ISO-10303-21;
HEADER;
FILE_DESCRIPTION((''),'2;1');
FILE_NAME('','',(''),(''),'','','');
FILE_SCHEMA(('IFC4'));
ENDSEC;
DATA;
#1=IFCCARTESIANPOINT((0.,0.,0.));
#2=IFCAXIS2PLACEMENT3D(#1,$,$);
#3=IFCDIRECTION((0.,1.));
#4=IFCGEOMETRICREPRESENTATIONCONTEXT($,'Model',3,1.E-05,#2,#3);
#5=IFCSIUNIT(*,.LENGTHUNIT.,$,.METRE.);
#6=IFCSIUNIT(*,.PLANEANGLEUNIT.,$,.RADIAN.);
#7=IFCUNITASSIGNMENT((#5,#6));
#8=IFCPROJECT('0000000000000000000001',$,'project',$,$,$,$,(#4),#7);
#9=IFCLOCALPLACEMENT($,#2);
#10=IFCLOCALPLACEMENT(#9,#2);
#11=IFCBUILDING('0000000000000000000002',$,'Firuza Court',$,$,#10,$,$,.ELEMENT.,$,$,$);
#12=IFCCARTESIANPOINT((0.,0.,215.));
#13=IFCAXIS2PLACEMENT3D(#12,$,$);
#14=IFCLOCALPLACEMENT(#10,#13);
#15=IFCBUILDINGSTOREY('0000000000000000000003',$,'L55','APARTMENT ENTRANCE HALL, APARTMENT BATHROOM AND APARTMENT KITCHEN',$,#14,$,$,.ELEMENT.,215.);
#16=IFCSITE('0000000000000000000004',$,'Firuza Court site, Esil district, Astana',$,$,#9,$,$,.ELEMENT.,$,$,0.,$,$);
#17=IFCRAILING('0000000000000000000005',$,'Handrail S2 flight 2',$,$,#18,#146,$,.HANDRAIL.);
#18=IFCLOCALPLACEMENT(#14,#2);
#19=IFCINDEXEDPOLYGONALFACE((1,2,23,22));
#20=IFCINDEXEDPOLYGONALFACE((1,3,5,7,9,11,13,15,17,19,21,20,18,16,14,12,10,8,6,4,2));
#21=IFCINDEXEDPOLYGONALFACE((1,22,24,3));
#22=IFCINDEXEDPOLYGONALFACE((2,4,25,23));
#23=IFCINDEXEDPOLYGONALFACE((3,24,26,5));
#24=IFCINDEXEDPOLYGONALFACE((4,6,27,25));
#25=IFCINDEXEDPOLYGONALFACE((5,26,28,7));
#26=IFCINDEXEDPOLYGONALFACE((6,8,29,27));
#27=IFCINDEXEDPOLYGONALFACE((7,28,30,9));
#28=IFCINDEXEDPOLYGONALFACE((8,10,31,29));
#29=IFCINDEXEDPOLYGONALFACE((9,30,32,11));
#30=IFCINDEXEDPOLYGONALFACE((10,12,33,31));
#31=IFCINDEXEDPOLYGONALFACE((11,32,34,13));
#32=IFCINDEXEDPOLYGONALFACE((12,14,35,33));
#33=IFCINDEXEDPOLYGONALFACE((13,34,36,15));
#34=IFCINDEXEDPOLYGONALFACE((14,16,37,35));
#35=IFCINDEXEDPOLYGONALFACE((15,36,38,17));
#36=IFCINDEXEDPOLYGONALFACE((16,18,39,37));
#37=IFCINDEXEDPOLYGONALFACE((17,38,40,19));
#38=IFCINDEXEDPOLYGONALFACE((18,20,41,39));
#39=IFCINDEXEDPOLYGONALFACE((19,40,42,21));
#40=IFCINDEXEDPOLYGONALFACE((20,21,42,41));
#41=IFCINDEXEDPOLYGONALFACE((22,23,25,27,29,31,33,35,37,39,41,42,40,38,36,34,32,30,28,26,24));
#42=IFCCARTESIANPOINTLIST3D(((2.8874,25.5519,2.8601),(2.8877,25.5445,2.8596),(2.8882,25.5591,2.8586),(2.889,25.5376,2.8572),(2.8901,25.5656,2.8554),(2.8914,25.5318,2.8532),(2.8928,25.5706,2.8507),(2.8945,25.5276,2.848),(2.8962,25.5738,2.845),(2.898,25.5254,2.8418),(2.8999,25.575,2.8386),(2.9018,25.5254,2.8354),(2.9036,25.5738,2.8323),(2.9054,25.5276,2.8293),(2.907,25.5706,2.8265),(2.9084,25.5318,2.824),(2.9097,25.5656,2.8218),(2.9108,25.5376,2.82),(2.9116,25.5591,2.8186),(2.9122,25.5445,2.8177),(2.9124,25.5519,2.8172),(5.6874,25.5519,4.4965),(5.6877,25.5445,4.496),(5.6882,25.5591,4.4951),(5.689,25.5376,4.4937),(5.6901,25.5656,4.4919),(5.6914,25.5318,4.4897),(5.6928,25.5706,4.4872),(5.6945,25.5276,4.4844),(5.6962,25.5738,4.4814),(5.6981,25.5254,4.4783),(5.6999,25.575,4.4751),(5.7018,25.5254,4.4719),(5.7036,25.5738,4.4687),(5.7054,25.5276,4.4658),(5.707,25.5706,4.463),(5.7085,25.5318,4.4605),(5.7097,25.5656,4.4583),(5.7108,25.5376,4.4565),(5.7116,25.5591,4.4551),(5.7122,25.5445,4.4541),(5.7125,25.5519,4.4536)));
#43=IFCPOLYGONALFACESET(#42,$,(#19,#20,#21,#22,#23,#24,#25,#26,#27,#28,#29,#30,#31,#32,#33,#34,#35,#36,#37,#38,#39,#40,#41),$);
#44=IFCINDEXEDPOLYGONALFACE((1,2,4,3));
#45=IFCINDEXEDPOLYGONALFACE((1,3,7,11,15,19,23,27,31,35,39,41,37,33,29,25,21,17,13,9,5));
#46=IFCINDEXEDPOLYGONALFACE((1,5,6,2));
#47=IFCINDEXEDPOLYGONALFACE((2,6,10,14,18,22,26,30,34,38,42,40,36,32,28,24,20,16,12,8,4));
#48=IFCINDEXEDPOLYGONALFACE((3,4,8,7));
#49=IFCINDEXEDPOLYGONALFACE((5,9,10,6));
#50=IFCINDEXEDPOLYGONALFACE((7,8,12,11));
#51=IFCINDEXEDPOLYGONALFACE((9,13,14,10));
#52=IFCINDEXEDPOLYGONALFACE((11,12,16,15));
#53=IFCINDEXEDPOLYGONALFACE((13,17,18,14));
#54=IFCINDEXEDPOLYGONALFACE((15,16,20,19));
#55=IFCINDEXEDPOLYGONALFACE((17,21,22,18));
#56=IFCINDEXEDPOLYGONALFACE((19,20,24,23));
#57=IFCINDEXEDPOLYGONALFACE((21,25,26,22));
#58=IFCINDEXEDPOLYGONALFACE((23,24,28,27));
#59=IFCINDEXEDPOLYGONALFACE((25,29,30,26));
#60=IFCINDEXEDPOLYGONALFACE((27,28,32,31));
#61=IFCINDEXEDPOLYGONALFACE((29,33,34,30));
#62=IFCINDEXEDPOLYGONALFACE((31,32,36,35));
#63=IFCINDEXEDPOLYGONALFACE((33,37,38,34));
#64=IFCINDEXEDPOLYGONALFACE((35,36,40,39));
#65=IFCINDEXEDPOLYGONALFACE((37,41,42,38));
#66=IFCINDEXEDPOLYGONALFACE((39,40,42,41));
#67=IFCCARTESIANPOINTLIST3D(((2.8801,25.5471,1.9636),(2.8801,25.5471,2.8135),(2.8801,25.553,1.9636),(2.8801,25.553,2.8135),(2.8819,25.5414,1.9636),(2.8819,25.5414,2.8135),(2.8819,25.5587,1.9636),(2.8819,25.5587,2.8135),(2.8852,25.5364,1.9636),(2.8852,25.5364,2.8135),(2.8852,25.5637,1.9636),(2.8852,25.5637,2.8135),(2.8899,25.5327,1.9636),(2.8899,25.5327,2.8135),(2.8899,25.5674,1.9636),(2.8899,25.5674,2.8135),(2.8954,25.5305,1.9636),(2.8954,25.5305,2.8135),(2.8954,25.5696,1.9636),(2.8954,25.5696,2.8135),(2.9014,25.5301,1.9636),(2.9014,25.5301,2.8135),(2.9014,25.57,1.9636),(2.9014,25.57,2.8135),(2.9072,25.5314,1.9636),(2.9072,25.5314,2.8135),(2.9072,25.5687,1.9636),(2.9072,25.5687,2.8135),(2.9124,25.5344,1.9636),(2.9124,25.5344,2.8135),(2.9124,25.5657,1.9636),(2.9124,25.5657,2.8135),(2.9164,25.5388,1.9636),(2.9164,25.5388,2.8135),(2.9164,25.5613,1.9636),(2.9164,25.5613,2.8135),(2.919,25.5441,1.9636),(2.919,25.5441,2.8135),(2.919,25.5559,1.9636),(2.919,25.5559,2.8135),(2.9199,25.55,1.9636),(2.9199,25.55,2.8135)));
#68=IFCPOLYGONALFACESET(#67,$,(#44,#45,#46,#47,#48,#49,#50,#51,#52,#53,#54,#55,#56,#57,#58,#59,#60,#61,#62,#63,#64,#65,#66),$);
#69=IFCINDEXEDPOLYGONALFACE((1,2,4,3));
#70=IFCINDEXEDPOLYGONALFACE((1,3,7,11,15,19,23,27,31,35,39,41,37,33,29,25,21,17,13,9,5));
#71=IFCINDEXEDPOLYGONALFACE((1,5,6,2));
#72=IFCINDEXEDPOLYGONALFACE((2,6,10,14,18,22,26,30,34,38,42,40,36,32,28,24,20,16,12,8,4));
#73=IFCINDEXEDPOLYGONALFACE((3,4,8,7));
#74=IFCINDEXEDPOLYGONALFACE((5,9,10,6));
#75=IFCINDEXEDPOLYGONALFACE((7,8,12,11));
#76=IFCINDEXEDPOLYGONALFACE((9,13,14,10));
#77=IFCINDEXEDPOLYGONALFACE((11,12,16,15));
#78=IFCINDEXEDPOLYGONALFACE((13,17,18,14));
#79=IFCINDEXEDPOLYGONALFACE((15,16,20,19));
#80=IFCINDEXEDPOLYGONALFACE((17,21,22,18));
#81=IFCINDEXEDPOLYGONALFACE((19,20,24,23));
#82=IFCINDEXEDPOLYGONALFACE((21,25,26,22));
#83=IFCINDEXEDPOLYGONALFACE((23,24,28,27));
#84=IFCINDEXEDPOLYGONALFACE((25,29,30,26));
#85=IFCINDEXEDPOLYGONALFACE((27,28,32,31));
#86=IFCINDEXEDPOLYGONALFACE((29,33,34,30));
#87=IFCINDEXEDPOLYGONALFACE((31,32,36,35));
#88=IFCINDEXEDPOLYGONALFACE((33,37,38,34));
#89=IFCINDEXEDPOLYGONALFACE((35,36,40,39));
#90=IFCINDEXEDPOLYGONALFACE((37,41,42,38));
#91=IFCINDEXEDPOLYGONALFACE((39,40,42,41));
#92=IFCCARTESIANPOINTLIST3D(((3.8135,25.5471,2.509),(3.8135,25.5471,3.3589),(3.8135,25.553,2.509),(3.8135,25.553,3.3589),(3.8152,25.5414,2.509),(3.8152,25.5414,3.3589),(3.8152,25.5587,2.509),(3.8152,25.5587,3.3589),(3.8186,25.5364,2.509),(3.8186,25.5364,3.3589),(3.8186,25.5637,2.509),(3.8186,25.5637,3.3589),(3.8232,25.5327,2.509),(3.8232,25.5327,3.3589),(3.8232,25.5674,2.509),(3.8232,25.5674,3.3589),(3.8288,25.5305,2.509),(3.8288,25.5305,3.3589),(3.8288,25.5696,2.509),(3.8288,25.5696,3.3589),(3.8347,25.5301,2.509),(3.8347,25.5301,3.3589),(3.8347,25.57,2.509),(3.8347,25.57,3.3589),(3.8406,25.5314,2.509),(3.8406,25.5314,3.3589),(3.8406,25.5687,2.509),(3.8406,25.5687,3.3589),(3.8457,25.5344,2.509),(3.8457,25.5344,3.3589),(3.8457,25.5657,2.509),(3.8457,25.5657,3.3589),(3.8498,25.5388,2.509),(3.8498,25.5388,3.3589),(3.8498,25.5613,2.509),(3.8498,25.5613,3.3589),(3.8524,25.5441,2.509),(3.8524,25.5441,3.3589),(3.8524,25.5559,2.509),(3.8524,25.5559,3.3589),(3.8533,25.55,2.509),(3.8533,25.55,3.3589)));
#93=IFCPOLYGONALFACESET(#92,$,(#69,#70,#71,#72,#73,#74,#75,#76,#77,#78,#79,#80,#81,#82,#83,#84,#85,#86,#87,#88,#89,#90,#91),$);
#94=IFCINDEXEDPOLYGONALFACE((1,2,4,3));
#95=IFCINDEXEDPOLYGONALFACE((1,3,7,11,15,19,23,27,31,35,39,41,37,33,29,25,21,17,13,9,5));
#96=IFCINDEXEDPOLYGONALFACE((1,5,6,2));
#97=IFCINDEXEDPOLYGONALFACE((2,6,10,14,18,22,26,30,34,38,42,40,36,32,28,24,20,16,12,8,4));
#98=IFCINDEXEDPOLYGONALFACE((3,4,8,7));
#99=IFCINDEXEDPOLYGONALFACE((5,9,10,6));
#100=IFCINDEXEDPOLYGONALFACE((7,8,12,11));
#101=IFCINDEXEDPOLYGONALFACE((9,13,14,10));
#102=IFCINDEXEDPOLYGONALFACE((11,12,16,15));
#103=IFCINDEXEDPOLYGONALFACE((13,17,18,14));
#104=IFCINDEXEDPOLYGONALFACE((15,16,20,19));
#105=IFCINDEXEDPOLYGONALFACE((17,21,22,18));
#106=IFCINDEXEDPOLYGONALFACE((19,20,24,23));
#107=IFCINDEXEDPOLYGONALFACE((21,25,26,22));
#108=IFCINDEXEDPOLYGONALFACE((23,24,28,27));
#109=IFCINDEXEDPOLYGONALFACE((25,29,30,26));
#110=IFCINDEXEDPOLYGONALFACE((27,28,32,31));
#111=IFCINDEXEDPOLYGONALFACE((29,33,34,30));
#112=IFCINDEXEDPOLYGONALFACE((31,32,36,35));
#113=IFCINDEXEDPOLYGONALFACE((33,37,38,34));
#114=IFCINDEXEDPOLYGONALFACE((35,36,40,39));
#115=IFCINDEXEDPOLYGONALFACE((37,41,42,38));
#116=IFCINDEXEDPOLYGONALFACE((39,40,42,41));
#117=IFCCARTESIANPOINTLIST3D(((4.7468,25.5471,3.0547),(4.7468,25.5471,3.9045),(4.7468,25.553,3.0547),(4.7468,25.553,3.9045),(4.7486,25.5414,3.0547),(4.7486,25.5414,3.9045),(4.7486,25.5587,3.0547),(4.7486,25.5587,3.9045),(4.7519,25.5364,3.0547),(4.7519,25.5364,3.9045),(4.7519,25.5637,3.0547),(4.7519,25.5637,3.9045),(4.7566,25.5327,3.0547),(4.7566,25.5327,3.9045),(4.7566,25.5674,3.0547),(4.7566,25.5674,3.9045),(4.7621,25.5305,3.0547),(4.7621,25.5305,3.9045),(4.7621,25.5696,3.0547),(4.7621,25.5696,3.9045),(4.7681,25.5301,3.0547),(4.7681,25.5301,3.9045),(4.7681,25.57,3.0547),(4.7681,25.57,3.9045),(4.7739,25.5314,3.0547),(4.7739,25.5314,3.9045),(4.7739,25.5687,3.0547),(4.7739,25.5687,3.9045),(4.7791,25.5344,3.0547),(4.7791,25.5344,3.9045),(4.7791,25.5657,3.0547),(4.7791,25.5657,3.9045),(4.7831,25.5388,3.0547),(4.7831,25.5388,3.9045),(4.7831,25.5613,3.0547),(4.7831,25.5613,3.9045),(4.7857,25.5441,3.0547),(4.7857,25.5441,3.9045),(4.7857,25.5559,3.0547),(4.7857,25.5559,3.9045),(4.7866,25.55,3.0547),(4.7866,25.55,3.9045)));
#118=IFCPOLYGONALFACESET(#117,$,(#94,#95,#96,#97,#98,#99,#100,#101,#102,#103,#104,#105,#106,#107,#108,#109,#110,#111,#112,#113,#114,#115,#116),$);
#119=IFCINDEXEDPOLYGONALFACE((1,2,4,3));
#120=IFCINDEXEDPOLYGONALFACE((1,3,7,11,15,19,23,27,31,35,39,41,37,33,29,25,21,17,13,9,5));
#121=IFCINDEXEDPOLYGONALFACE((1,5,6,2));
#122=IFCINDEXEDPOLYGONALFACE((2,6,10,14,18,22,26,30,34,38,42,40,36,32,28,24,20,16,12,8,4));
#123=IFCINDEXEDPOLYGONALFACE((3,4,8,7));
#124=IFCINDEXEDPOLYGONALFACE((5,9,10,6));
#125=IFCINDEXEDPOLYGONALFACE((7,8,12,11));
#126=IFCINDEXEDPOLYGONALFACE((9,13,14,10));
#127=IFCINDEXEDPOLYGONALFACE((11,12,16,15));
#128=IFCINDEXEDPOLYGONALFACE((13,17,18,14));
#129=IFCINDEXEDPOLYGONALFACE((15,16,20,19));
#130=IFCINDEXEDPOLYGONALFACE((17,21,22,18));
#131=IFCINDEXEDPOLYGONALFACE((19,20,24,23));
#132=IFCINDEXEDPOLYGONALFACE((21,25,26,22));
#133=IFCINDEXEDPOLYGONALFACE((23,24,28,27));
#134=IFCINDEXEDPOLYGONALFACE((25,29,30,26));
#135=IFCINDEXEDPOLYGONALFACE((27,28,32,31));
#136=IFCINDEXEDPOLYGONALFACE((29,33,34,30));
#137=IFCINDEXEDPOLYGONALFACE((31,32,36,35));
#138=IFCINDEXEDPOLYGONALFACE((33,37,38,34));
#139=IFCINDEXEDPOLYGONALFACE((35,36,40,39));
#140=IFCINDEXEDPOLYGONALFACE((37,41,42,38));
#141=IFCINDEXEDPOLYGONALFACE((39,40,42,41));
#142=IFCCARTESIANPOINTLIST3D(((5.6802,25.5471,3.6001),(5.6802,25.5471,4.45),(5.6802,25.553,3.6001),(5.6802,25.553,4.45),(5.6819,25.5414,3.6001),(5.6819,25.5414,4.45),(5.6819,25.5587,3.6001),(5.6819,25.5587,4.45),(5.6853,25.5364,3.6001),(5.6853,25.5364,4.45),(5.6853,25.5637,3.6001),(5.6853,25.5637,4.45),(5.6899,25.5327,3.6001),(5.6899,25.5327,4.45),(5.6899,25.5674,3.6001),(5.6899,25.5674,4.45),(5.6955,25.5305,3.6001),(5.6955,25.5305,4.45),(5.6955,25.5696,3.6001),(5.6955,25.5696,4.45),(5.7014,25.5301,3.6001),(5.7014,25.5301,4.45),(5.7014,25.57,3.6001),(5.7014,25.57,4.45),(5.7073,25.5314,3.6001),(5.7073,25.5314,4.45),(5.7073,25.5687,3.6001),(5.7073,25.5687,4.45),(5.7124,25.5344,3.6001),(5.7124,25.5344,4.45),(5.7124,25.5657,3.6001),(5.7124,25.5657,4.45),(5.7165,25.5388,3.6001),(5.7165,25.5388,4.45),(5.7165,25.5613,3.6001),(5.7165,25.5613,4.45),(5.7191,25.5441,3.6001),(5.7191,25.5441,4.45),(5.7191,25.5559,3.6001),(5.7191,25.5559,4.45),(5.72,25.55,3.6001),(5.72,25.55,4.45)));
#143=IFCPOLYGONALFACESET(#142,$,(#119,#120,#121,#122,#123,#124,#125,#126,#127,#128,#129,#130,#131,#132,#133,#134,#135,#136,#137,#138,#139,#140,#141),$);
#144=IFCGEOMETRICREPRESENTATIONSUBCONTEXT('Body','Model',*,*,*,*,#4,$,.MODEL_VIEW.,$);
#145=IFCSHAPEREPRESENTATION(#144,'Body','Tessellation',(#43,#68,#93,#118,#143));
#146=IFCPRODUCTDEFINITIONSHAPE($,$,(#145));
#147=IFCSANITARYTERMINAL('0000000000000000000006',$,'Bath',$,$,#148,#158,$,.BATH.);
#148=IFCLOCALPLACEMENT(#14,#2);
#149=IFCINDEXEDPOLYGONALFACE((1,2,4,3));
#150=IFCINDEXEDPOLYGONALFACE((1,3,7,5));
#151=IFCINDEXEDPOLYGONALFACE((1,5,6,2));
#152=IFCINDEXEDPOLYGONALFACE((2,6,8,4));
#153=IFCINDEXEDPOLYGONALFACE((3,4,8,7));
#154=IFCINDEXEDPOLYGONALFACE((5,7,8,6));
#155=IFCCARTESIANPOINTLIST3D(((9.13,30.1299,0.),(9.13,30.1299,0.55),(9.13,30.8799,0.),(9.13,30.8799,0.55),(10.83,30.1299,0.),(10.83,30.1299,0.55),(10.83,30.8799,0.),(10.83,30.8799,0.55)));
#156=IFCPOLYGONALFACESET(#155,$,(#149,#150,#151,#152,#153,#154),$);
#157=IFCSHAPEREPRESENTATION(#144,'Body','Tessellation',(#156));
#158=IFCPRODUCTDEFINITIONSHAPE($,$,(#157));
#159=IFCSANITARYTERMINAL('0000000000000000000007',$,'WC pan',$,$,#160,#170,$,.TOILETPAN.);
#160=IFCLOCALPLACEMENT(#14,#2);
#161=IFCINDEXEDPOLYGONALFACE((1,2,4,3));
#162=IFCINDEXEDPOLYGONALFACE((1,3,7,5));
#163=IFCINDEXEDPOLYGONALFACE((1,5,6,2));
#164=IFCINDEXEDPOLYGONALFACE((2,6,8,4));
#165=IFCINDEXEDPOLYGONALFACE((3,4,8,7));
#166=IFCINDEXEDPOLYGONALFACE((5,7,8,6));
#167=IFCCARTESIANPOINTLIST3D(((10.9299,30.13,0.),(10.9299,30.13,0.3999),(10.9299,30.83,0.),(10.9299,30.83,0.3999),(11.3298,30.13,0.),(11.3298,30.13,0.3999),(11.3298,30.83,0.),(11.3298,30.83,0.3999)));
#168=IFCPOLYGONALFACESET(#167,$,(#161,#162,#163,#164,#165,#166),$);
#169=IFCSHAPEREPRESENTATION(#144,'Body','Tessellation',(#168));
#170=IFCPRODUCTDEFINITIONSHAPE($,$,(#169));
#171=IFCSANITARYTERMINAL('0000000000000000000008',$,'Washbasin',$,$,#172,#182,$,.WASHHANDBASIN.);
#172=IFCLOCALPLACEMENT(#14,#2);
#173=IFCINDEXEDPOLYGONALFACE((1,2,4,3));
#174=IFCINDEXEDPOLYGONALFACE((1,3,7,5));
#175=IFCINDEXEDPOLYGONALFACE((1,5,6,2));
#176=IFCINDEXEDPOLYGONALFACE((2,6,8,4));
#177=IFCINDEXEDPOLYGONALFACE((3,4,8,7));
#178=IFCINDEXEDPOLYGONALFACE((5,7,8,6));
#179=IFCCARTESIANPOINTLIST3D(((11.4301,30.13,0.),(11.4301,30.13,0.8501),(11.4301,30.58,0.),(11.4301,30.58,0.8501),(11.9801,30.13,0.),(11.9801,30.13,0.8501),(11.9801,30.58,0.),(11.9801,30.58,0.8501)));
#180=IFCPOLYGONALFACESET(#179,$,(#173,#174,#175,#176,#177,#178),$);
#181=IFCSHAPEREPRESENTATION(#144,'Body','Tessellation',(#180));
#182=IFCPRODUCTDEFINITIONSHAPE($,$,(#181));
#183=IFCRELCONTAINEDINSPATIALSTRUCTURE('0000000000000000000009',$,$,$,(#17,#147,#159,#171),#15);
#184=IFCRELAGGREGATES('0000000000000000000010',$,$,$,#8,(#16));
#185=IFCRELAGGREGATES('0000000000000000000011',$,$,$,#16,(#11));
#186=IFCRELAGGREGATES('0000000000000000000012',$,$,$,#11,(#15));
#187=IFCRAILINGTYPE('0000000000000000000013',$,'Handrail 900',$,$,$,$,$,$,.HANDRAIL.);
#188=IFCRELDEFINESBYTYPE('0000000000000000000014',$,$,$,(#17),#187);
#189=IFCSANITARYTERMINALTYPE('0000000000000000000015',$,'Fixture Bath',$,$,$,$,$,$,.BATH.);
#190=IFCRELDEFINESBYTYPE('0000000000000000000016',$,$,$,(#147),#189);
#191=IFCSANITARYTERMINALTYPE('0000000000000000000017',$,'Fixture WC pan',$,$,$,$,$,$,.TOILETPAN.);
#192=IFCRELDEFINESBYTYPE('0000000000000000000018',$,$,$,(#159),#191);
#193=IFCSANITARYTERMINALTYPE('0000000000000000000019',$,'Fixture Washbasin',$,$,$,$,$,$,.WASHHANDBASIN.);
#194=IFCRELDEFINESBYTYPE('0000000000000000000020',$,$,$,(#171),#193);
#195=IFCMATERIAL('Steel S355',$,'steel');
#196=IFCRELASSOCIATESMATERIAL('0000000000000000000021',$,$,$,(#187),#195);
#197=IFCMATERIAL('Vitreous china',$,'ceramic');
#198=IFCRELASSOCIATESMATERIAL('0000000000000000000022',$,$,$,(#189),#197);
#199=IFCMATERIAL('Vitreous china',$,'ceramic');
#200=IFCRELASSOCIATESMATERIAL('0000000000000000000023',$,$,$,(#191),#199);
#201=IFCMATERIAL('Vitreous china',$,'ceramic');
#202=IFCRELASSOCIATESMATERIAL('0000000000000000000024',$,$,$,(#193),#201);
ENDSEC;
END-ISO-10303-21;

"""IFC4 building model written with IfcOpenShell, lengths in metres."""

from ifc_helpers import new_model, si_unit, direction, frame, origin, origin_2d, place, context, subcontext, project, spatial, rectangle, circle, extrude, material, type_object, element, save


model = new_model("IFC4")

# Units and contexts
model_context = context("Model", 3, precision=1e-05, world=origin(), true_north=direction((0.0, 1.0)))
body_context = subcontext(model_context, "Body", "Model", "MODEL_VIEW")
ifc_project = project(units=[si_unit("LENGTHUNIT", "METRE"), si_unit("PLANEANGLEUNIT", "RADIAN")], contexts=[model_context])

# Site, building, storey
site_placement = place(None, origin())
site = spatial("IfcSite", under=ifc_project, at=site_placement, Name="Firuza Court site, Esil district, Astana", CompositionType="ELEMENT", RefElevation=0.0)
building_placement = place(site_placement, origin())
building = spatial("IfcBuilding", under=site, at=building_placement, Name="Firuza Court", CompositionType="ELEMENT")
storey_placement = place(building_placement, frame((0.0, 0.0, 215.0)))
storey = spatial("IfcBuildingStorey", under=building, at=storey_placement, Name="L55", Description="APARTMENT ENTRANCE HALL, APARTMENT BATHROOM AND APARTMENT KITCHEN", CompositionType="ELEMENT", Elevation=215.0)

# Railing
ifc_material_1 = material(Name="Steel S355", Category="steel")
railing_type_1 = type_object("IfcRailingType", Name="Handrail 900", PredefinedType="HANDRAIL", material=ifc_material_1)
railing_1_placement = place(storey_placement, frame((2.8999, 25.55, 1.9636)))
element("IfcRailing", 1, at=railing_1_placement, inside=storey, type_object=railing_type_1, Name="Handrail S2 flight 2", PredefinedType="HANDRAIL", context=body_context, shape_type="SweptSolid", body=[
    extrude(circle(Radius=0.0249, at=origin_2d()), frame((0.0, 0.0, 0.875), z_axis=(0.863361, 0.0, 0.504587), x_axis=(0.0, 1.0, 0.0)), (0.0, 0.0, 1.0), 3.2432),
    extrude(circle(Radius=0.02, at=origin_2d()), origin(), (0.0, 0.0, 1.0), 0.8499),
    extrude(circle(Radius=0.02, at=origin_2d()), frame((0.9333, 0.0, 0.5454)), (0.0, 0.0, 1.0), 0.8499),
    extrude(circle(Radius=0.02, at=origin_2d()), frame((1.8667, 0.0, 1.0911)), (0.0, 0.0, 1.0), 0.8499),
    extrude(circle(Radius=0.02, at=origin_2d()), frame((2.8, 0.0, 1.6365)), (0.0, 0.0, 1.0), 0.8499),
])

# Sanitary terminals
ifc_material_2 = material(Name="Vitreous china", Category="ceramic")
sanitary_terminal_type_1 = type_object("IfcSanitaryTerminalType", Name="Fixture Bath", PredefinedType="BATH", material=ifc_material_2)
sanitary_terminal_1_placement = place(storey_placement, frame((9.98, 30.5049, 0.0), z_axis=(0.0, 0.0, 1.0), x_axis=(1.0, 0.0, 0.0)))
element("IfcSanitaryTerminal", 2, at=sanitary_terminal_1_placement, inside=storey, type_object=sanitary_terminal_type_1, Name="Bath", PredefinedType="BATH", context=body_context, shape_type="SweptSolid", body=[
    extrude(rectangle(XDim=1.7, YDim=0.75, at=origin_2d()), origin(), (0.0, 0.0, 1.0), 0.55),
])
ifc_material_3 = material(Name="Vitreous china", Category="ceramic")
sanitary_terminal_type_2 = type_object("IfcSanitaryTerminalType", Name="Fixture WC pan", PredefinedType="TOILETPAN", material=ifc_material_3)
sanitary_terminal_2_placement = place(storey_placement, frame((11.1299, 30.48, 0.0), z_axis=(0.0, 0.0, 1.0), x_axis=(1.0, 0.0, 0.0)))
element("IfcSanitaryTerminal", 3, at=sanitary_terminal_2_placement, inside=storey, type_object=sanitary_terminal_type_2, Name="WC pan", PredefinedType="TOILETPAN", context=body_context, shape_type="SweptSolid", body=[
    extrude(rectangle(XDim=0.3999, YDim=0.7, at=origin_2d()), origin(), (0.0, 0.0, 1.0), 0.3999),
])
ifc_material_4 = material(Name="Vitreous china", Category="ceramic")
sanitary_terminal_type_3 = type_object("IfcSanitaryTerminalType", Name="Fixture Washbasin", PredefinedType="WASHHANDBASIN", material=ifc_material_4)
sanitary_terminal_3_placement = place(storey_placement, frame((11.7051, 30.355, 0.0), z_axis=(0.0, 0.0, 1.0), x_axis=(1.0, 0.0, 0.0)))
element("IfcSanitaryTerminal", 4, at=sanitary_terminal_3_placement, inside=storey, type_object=sanitary_terminal_type_3, Name="Washbasin", PredefinedType="WASHHANDBASIN", context=body_context, shape_type="SweptSolid", body=[
    extrude(rectangle(XDim=0.55, YDim=0.45, at=origin_2d()), origin(), (0.0, 0.0, 1.0), 0.8501),
])

save(model, "model.ifc")
